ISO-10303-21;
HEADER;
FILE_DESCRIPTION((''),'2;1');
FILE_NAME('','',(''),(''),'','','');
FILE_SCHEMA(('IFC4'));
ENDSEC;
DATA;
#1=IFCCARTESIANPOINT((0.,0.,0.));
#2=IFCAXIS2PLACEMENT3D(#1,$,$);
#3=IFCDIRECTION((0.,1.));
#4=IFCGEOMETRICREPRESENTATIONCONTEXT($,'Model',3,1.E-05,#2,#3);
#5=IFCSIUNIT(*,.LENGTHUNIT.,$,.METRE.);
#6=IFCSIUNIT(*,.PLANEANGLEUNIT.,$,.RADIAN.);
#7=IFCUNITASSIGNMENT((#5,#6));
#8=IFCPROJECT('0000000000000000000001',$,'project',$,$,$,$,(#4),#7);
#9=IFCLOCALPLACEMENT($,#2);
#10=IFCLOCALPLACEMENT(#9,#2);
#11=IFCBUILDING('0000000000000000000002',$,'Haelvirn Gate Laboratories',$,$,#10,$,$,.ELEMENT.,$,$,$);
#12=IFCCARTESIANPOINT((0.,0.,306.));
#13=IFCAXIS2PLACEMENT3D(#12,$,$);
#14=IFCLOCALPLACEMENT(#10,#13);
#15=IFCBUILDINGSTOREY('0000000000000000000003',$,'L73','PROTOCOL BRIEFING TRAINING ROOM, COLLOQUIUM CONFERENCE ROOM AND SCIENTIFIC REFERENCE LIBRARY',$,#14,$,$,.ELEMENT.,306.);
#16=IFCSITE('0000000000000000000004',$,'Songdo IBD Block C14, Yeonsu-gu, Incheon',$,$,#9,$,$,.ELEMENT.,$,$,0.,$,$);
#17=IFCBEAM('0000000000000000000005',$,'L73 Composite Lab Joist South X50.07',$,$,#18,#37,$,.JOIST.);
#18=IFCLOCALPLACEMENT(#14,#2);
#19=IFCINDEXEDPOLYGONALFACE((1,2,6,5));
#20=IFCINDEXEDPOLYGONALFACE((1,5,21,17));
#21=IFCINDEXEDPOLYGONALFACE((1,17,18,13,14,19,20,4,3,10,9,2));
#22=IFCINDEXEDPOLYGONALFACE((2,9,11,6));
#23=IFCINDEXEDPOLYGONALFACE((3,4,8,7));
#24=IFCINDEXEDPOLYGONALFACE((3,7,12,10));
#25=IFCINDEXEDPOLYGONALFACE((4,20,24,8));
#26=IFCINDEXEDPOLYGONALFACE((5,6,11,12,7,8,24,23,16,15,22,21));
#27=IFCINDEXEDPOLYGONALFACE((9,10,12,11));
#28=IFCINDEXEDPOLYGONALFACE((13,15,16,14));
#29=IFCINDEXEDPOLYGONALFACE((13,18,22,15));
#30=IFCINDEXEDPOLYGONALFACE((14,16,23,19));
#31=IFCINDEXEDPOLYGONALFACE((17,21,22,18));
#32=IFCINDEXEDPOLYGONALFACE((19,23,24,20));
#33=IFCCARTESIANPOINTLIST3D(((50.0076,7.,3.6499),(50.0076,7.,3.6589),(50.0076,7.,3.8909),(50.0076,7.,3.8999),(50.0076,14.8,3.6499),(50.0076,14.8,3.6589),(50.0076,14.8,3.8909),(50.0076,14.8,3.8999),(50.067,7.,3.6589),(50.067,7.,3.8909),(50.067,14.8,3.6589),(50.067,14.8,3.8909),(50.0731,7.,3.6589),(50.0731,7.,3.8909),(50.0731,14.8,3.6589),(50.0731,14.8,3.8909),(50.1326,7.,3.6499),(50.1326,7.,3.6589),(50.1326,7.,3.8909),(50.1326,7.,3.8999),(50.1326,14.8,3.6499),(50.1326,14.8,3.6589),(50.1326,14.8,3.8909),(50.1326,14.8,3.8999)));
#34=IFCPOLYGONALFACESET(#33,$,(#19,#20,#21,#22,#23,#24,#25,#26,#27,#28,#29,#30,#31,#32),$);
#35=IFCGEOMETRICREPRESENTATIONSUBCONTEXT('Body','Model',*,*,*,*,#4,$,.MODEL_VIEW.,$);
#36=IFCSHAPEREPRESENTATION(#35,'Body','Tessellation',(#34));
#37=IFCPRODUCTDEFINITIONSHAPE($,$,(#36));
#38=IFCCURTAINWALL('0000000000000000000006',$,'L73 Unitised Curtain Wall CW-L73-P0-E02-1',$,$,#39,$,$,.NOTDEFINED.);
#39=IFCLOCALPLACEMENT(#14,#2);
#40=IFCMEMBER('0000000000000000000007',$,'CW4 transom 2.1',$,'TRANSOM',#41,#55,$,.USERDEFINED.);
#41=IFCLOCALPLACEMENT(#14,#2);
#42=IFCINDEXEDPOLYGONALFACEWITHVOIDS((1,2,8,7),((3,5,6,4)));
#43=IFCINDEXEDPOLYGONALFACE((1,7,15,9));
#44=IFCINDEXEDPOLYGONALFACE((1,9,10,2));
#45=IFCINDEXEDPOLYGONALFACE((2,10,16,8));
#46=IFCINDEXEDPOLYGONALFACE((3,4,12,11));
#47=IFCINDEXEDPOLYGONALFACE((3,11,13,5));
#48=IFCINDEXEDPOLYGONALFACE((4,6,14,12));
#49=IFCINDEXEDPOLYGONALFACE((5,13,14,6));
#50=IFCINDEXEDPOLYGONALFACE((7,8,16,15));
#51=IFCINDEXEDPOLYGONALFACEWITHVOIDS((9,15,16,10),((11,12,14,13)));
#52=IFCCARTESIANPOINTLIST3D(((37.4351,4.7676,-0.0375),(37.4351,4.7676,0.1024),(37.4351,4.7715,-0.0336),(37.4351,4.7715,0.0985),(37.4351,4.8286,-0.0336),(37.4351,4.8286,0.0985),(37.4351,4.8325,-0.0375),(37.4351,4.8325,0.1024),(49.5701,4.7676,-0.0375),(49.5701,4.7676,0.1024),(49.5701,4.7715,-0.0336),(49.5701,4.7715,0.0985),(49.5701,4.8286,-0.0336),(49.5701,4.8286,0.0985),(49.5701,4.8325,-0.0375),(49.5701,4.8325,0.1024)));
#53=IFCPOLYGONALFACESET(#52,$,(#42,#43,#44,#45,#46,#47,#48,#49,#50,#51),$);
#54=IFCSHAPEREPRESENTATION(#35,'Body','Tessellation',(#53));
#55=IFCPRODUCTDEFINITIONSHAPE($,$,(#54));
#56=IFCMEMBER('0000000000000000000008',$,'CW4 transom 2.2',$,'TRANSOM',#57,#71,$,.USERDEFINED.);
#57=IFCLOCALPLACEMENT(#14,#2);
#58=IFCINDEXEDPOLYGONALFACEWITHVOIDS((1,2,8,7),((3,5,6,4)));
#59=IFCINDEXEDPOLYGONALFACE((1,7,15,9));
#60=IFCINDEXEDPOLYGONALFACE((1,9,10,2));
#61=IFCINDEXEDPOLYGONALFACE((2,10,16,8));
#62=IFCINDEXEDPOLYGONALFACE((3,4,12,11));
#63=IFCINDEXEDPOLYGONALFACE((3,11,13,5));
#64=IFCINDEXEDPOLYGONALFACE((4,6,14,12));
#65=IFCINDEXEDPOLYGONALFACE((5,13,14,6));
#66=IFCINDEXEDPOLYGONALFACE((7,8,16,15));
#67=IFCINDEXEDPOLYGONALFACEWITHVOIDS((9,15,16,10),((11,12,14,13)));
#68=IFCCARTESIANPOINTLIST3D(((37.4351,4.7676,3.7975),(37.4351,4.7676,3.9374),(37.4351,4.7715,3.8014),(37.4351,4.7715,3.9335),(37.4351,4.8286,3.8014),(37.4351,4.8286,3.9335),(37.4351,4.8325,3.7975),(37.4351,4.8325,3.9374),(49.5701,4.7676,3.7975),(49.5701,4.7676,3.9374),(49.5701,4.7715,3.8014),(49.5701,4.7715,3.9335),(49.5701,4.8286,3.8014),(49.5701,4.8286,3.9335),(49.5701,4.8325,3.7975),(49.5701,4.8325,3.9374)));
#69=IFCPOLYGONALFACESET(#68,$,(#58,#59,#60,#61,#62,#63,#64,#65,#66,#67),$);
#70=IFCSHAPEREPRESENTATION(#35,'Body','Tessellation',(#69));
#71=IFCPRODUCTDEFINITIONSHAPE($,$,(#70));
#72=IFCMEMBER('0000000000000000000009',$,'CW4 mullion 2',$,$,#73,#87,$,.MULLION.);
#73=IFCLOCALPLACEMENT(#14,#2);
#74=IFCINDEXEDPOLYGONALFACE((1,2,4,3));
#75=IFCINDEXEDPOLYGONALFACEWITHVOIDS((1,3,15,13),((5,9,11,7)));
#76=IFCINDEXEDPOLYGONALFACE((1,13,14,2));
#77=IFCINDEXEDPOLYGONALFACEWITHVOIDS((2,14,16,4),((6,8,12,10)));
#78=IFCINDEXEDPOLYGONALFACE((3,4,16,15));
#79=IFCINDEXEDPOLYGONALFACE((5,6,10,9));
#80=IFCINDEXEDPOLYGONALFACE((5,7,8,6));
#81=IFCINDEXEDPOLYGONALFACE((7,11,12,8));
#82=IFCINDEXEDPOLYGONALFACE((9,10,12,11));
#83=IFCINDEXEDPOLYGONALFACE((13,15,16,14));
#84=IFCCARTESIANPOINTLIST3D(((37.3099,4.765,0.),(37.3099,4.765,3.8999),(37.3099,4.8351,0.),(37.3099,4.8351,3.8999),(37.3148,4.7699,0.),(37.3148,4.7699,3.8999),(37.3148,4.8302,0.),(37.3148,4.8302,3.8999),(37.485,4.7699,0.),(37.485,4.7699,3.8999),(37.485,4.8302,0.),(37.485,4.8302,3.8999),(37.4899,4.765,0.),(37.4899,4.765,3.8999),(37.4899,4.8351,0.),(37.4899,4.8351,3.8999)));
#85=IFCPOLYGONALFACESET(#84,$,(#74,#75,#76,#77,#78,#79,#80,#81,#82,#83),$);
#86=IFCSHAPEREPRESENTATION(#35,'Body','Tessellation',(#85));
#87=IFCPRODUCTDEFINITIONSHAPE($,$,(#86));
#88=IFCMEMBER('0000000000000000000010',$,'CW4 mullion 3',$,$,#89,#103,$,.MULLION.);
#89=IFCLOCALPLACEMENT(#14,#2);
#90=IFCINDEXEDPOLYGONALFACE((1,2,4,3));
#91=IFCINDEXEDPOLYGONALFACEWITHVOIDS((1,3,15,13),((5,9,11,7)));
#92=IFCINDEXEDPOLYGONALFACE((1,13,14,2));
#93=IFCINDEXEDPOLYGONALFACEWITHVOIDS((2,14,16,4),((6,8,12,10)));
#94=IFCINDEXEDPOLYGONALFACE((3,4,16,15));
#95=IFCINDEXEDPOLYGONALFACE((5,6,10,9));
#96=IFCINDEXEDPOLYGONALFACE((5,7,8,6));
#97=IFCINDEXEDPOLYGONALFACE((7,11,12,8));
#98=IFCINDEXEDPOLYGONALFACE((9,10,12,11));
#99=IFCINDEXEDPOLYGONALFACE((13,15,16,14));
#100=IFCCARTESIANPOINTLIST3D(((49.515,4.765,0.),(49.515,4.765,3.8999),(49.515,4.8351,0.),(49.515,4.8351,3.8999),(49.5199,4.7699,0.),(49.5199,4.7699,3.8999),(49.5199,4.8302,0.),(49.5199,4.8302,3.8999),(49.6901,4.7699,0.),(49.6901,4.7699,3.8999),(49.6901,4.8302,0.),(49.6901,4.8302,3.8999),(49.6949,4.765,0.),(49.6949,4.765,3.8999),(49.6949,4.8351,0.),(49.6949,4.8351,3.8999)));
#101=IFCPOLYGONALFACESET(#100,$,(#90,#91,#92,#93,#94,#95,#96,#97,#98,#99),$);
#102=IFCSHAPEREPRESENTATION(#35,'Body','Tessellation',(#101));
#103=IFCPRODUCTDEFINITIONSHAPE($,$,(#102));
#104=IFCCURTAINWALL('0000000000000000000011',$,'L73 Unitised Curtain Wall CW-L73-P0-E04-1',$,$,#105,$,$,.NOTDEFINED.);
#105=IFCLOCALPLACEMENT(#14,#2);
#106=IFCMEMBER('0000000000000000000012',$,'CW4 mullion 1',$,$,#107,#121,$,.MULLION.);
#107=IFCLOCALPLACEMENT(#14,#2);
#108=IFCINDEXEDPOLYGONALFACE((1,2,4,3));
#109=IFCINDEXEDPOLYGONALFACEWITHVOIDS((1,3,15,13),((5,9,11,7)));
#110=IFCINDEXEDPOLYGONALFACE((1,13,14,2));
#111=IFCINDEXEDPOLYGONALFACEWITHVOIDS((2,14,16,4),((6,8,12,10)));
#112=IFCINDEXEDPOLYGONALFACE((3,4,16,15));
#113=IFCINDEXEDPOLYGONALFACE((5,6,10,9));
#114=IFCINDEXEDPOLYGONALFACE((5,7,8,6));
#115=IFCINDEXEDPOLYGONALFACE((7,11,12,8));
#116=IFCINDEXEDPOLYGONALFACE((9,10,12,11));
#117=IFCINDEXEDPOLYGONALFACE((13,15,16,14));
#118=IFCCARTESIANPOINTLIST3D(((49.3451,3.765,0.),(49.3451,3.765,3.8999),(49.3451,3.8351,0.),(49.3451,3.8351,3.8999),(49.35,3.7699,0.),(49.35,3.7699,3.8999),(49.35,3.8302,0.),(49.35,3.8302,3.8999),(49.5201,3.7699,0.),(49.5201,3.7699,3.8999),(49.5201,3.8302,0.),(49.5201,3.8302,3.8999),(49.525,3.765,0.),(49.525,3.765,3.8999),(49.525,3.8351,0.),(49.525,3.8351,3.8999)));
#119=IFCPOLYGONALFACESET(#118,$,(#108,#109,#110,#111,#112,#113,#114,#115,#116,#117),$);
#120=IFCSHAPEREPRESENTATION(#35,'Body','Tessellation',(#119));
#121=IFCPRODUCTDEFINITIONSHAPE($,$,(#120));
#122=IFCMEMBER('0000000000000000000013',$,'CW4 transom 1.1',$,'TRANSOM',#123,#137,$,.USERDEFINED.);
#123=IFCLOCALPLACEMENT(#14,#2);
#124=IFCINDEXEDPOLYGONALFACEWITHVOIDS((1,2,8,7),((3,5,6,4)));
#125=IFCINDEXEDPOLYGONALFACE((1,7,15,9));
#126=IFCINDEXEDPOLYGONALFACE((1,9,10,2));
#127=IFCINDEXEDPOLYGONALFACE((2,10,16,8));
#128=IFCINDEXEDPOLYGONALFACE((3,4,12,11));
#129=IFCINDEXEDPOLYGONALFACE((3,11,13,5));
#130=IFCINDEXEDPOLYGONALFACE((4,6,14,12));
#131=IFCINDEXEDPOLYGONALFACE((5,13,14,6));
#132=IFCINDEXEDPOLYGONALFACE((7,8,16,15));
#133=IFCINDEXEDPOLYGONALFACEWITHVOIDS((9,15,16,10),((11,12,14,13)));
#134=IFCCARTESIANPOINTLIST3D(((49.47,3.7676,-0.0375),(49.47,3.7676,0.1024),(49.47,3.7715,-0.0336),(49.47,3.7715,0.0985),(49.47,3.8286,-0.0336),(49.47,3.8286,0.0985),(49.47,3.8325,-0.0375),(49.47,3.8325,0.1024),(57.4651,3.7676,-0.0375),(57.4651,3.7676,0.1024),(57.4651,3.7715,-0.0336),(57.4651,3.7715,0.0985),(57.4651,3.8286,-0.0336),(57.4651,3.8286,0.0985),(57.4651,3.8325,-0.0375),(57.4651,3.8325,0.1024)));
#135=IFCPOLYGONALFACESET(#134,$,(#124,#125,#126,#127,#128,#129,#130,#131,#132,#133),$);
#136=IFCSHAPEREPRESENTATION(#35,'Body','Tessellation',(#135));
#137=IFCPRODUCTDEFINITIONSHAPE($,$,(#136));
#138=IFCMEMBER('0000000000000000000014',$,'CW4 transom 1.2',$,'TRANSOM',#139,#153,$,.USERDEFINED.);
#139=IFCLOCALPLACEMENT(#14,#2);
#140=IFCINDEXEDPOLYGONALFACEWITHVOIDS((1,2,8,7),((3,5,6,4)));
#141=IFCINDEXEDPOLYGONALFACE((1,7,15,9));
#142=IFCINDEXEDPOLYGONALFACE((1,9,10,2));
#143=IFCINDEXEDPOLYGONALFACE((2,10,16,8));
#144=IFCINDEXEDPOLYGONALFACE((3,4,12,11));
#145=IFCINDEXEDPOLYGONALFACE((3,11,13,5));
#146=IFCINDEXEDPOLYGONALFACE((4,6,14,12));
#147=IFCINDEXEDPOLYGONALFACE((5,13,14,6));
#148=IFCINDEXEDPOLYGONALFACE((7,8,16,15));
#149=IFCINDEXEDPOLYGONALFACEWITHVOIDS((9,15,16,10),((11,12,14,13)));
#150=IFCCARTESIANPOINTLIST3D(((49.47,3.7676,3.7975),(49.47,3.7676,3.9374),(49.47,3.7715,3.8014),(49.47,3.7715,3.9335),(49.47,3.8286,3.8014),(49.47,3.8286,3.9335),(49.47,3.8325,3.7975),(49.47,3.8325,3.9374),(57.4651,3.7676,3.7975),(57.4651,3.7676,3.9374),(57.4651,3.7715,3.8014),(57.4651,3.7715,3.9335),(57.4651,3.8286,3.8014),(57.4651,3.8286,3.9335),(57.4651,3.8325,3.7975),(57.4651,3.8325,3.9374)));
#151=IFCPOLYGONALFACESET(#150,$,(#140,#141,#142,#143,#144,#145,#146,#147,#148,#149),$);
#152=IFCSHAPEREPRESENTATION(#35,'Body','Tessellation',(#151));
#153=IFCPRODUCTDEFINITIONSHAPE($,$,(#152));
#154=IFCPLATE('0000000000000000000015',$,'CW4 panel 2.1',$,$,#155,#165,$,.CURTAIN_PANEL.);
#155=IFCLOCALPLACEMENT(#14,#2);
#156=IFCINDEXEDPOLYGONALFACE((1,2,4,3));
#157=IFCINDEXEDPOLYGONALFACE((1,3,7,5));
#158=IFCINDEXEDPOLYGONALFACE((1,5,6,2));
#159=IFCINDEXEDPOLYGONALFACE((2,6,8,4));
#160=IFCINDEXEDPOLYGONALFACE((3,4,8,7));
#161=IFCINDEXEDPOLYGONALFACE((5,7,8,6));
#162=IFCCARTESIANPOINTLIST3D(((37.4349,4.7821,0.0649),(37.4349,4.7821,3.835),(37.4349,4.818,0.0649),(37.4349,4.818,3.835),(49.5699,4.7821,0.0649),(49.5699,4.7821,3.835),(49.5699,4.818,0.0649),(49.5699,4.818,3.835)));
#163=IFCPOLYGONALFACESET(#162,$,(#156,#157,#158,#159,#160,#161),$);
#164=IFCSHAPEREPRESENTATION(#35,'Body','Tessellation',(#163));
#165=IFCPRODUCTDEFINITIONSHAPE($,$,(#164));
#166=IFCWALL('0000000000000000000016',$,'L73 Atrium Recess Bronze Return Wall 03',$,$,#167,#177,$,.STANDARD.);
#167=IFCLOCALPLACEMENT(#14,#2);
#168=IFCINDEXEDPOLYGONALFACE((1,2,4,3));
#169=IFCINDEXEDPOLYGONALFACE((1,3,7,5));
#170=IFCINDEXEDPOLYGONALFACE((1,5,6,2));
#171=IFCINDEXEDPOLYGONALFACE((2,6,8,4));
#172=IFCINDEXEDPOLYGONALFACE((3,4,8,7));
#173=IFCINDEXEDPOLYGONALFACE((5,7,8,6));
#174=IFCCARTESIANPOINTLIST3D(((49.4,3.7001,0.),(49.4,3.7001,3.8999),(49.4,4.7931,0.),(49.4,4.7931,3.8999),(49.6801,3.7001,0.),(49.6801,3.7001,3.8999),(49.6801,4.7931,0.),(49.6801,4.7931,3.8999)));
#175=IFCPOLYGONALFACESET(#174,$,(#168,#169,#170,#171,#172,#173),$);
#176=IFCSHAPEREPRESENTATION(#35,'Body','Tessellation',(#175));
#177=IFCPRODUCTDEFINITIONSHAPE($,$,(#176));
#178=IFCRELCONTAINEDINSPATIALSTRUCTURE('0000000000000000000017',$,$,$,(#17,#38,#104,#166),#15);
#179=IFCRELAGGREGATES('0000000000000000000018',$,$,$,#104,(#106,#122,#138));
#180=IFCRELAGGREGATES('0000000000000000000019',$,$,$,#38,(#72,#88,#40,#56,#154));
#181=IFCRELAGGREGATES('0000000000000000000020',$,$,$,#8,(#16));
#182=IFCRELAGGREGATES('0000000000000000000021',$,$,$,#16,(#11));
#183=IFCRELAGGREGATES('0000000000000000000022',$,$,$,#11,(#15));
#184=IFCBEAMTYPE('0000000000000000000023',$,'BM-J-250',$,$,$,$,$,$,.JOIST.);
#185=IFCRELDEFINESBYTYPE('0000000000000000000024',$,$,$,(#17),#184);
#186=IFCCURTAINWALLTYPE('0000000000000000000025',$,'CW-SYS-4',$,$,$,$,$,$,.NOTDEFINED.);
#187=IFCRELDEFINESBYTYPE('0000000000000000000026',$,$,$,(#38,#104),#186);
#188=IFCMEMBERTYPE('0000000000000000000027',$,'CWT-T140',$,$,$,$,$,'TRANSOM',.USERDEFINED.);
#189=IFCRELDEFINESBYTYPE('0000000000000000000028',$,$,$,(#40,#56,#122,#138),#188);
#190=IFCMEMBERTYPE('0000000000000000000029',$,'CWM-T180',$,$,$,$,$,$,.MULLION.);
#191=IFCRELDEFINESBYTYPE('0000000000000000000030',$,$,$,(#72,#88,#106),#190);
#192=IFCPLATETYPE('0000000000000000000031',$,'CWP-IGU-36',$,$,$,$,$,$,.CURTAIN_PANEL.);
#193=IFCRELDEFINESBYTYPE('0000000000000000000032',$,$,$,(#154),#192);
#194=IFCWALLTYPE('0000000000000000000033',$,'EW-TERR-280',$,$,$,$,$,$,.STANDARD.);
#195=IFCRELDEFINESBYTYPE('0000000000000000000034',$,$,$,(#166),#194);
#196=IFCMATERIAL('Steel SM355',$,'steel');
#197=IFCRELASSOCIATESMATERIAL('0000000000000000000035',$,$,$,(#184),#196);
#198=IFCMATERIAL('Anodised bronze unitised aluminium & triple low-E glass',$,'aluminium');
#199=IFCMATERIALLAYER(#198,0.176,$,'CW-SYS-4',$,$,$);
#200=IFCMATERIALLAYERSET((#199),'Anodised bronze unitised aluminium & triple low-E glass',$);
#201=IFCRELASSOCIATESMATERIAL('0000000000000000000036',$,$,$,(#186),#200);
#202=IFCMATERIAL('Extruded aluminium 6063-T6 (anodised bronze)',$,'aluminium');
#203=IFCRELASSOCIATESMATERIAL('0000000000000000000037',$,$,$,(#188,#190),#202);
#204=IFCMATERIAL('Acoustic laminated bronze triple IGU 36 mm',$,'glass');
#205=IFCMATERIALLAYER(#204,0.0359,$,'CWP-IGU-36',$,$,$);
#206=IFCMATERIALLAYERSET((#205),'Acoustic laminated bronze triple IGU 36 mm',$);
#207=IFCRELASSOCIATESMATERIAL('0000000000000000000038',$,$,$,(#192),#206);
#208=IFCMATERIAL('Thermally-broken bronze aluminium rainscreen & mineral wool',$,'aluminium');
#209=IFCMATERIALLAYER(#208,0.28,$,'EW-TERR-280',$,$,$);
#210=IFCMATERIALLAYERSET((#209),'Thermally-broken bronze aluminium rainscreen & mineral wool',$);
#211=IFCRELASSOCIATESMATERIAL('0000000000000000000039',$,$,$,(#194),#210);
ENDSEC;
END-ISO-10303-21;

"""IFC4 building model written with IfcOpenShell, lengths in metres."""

from ifc_helpers import new_model, si_unit, direction, frame, frame_2d, origin, origin_2d, place, context, subcontext, project, spatial, rectangle, hollow_rectangle, i_section, extrude, source, transform, mapped, material, layer, layer_set, material_profile, profile_set, type_object, type_shapes, element, aggregate, save


model = new_model("IFC4")

# Units and contexts
model_context = context("Model", 3, precision=1e-05, world=origin(), true_north=direction((0.0, 1.0)))
body_context = subcontext(model_context, "Body", "Model", "MODEL_VIEW")
ifc_project = project(units=[si_unit("LENGTHUNIT", "METRE"), si_unit("PLANEANGLEUNIT", "RADIAN")], contexts=[model_context])

# Site, building, storey
site_placement = place(None, origin())
site = spatial("IfcSite", under=ifc_project, at=site_placement, Name="Songdo IBD Block C14, Yeonsu-gu, Incheon", CompositionType="ELEMENT", RefElevation=0.0)
building_placement = place(site_placement, origin())
building = spatial("IfcBuilding", under=site, at=building_placement, Name="Haelvirn Gate Laboratories", CompositionType="ELEMENT")
storey_placement = place(building_placement, frame((0.0, 0.0, 306.0)))
storey = spatial("IfcBuildingStorey", under=building, at=storey_placement, Name="L73", Description="PROTOCOL BRIEFING TRAINING ROOM, COLLOQUIUM CONFERENCE ROOM AND SCIENTIFIC REFERENCE LIBRARY", CompositionType="ELEMENT", Elevation=306.0)

# Shared definitions
ifc_material_1 = material(Name="Steel SM355", Category="steel")

# Beam
ifc_material_profile_1 = material_profile(ifc_material_1, i_section(OverallWidth=0.125, OverallDepth=0.25, WebThickness=0.0061, FlangeThickness=0.009, at=origin_2d()), Name="H-250x125x6x9")
ifc_profile_set_1 = profile_set([ifc_material_profile_1], Name="Steel SM355")
beam_type_1 = type_object("IfcBeamType", Name="BM-J-250", PredefinedType="JOIST", material=ifc_profile_set_1)
shared_shape_1 = source(origin(), body_context, "Body", "SweptSolid", [
    extrude(i_section(OverallWidth=0.125, OverallDepth=0.25, WebThickness=0.0061, FlangeThickness=0.009, at=origin_2d()), origin(), (0.0, 0.0, 1.0), 7.8),
])
type_shapes(beam_type_1, [shared_shape_1])
for number, where, z_axis, x_axis, name in (
    (1, (50.0701, 7.0, 3.7749), (0.0, 1.0, 0.0), (-1.0, 0.0, 0.0), "L73 Composite Lab Joist South X50.07"),
):
    element("IfcBeam", number, at=place(storey_placement, frame(where, z_axis=z_axis, x_axis=x_axis)), inside=storey, type_object=beam_type_1, Name=name, PredefinedType="JOIST", context=body_context, shape_type="MappedRepresentation", body=[
        mapped(shared_shape_1, transform((0.0, 0.0, 0.0), scale=1.0)),
    ])

# Curtain walls, members
ifc_material_2 = material(Name="Anodised bronze unitised aluminium & triple low-E glass", Category="aluminium")
ifc_layer_1 = layer(ifc_material_2, 0.176, Name="CW-SYS-4")
ifc_layer_set_1 = layer_set([ifc_layer_1], Name="Anodised bronze unitised aluminium & triple low-E glass")
curtain_wall_type = type_object("IfcCurtainWallType", Name="CW-SYS-4", PredefinedType="NOTDEFINED", material=ifc_layer_set_1)
curtain_wall_1_placement = place(storey_placement, origin())
curtain_wall_1 = element("IfcCurtainWall", 2, at=curtain_wall_1_placement, inside=storey, type_object=curtain_wall_type, Name="L73 Unitised Curtain Wall CW-L73-P0-E02-1", PredefinedType="NOTDEFINED")
ifc_material_3 = material(Name="Extruded aluminium 6063-T6 (anodised bronze)", Category="aluminium")
ifc_material_profile_2 = material_profile(ifc_material_3, hollow_rectangle(XDim=0.0649, YDim=0.1399, WallThickness=0.0039, at=origin_2d()), Name="CWT-140x65x4")
ifc_profile_set_2 = profile_set([ifc_material_profile_2], Name="Extruded aluminium 6063-T6 (anodised bronze)")
member_type_1 = type_object("IfcMemberType", Name="CWT-T140", ElementType="TRANSOM", PredefinedType="USERDEFINED", material=ifc_profile_set_2)
shared_shape_2 = source(origin(), body_context, "Body", "SweptSolid", [
    extrude(hollow_rectangle(XDim=0.0649, YDim=0.1399, WallThickness=0.0039, at=origin_2d()), origin(), (0.0, 0.0, 1.0), 12.135),
])
member_1_placement = place(storey_placement, frame((37.4351, 4.8, 0.0325), z_axis=(1.0, 0.0, 0.0), x_axis=(0.0, 1.0, 0.0)))
member_1 = element("IfcMember", 3, at=member_1_placement, type_object=member_type_1, Name="CW4 transom 2.1", ObjectType="TRANSOM", PredefinedType="USERDEFINED", context=body_context, shape_type="MappedRepresentation", body=[
    mapped(shared_shape_2, transform((0.0, 0.0, 0.0), scale=1.0)),
])
member_2_placement = place(storey_placement, frame((37.4351, 4.8, 3.8674), z_axis=(1.0, 0.0, 0.0), x_axis=(0.0, 1.0, 0.0)))
member_2 = element("IfcMember", 4, at=member_2_placement, type_object=member_type_1, Name="CW4 transom 2.2", ObjectType="TRANSOM", PredefinedType="USERDEFINED", context=body_context, shape_type="MappedRepresentation", body=[
    mapped(shared_shape_2, transform((0.0, 0.0, 0.0), scale=1.0)),
])
ifc_material_profile_3 = material_profile(ifc_material_3, hollow_rectangle(XDim=0.0701, YDim=0.1799, WallThickness=0.0049, at=origin_2d()), Name="CWM-180x70x5")
ifc_profile_set_3 = profile_set([ifc_material_profile_3], Name="Extruded aluminium 6063-T6 (anodised bronze)")
member_type_2 = type_object("IfcMemberType", Name="CWM-T180", PredefinedType="MULLION", material=ifc_profile_set_3)
shared_shape_3 = source(origin(), body_context, "Body", "SweptSolid", [
    extrude(hollow_rectangle(XDim=0.0701, YDim=0.1799, WallThickness=0.0049, at=origin_2d()), origin(), (0.0, 0.0, 1.0), 3.8999),
])
type_shapes(member_type_2, [shared_shape_3])
member_3_placement = place(storey_placement, frame((37.3999, 4.8, 0.0), z_axis=(0.0, 0.0, 1.0), x_axis=(0.0, 1.0, 0.0)))
member_3 = element("IfcMember", 5, at=member_3_placement, type_object=member_type_2, Name="CW4 mullion 2", PredefinedType="MULLION", context=body_context, shape_type="MappedRepresentation", body=[
    mapped(shared_shape_3, transform((0.0, 0.0, 0.0), scale=1.0)),
])
member_4_placement = place(storey_placement, frame((49.605, 4.8, 0.0), z_axis=(0.0, 0.0, 1.0), x_axis=(0.0, 1.0, 0.0)))
member_4 = element("IfcMember", 6, at=member_4_placement, type_object=member_type_2, Name="CW4 mullion 3", PredefinedType="MULLION", context=body_context, shape_type="MappedRepresentation", body=[
    mapped(shared_shape_3, transform((0.0, 0.0, 0.0), scale=1.0)),
])
curtain_wall_2_placement = place(storey_placement, origin())
curtain_wall_2 = element("IfcCurtainWall", 7, at=curtain_wall_2_placement, inside=storey, type_object=curtain_wall_type, Name="L73 Unitised Curtain Wall CW-L73-P0-E04-1", PredefinedType="NOTDEFINED")
member_5_placement = place(storey_placement, frame((49.4351, 3.8, 0.0), z_axis=(0.0, 0.0, 1.0), x_axis=(0.0, 1.0, 0.0)))
member_5 = element("IfcMember", 8, at=member_5_placement, type_object=member_type_2, Name="CW4 mullion 1", PredefinedType="MULLION", context=body_context, shape_type="MappedRepresentation", body=[
    mapped(shared_shape_3, transform((0.0, 0.0, 0.0), scale=1.0)),
])
shared_shape_4 = source(origin(), body_context, "Body", "SweptSolid", [
    extrude(hollow_rectangle(XDim=0.0649, YDim=0.1399, WallThickness=0.0039, at=origin_2d()), origin(), (0.0, 0.0, 1.0), 7.9951),
])
type_shapes(member_type_1, [shared_shape_2, shared_shape_4])
member_6_placement = place(storey_placement, frame((49.47, 3.8, 0.0325), z_axis=(1.0, 0.0, 0.0), x_axis=(0.0, 1.0, 0.0)))
member_6 = element("IfcMember", 9, at=member_6_placement, type_object=member_type_1, Name="CW4 transom 1.1", ObjectType="TRANSOM", PredefinedType="USERDEFINED", context=body_context, shape_type="MappedRepresentation", body=[
    mapped(shared_shape_4, transform((0.0, 0.0, 0.0), scale=1.0)),
])
member_7_placement = place(storey_placement, frame((49.47, 3.8, 3.8674), z_axis=(1.0, 0.0, 0.0), x_axis=(0.0, 1.0, 0.0)))
member_7 = element("IfcMember", 10, at=member_7_placement, type_object=member_type_1, Name="CW4 transom 1.2", ObjectType="TRANSOM", PredefinedType="USERDEFINED", context=body_context, shape_type="MappedRepresentation", body=[
    mapped(shared_shape_4, transform((0.0, 0.0, 0.0), scale=1.0)),
])
aggregate(curtain_wall_2, [member_5, member_6, member_7])

# Plate
ifc_material_4 = material(Name="Acoustic laminated bronze triple IGU 36 mm", Category="glass")
ifc_layer_2 = layer(ifc_material_4, 0.0359, Name="CWP-IGU-36")
ifc_layer_set_2 = layer_set([ifc_layer_2], Name="Acoustic laminated bronze triple IGU 36 mm")
plate_type = type_object("IfcPlateType", Name="CWP-IGU-36", PredefinedType="CURTAIN_PANEL", material=ifc_layer_set_2)
shared_shape_5 = source(origin(), body_context, "Body", "SweptSolid", [
    extrude(rectangle(XDim=12.135, YDim=0.0359, at=origin_2d()), origin(), (0.0, 0.0, 1.0), 3.77),
])
type_shapes(plate_type, [shared_shape_5])
plate_placement = place(storey_placement, frame((43.5024, 4.8, 0.0649), z_axis=(0.0, 0.0, 1.0), x_axis=(1.0, 0.0, 0.0)))
plate = element("IfcPlate", 11, at=plate_placement, type_object=plate_type, Name="CW4 panel 2.1", PredefinedType="CURTAIN_PANEL", context=body_context, shape_type="MappedRepresentation", body=[
    mapped(shared_shape_5, transform((0.0, 0.0, 0.0), scale=1.0)),
])
aggregate(curtain_wall_1, [member_3, member_4, member_1, member_2, plate])

# Wall
ifc_material_5 = material(Name="Thermally-broken bronze aluminium rainscreen & mineral wool", Category="aluminium")
ifc_layer_3 = layer(ifc_material_5, 0.28, Name="EW-TERR-280")
ifc_layer_set_3 = layer_set([ifc_layer_3], Name="Thermally-broken bronze aluminium rainscreen & mineral wool")
wall_type_1 = type_object("IfcWallType", Name="EW-TERR-280", PredefinedType="STANDARD", material=ifc_layer_set_3)
wall_1_placement = place(storey_placement, frame((49.54, 4.793, 0.0), z_axis=(0.0, 0.0, 1.0), x_axis=(0.0, -1.0, 0.0)))
element("IfcWall", 12, at=wall_1_placement, inside=storey, type_object=wall_type_1, Name="L73 Atrium Recess Bronze Return Wall 03", PredefinedType="STANDARD", context=body_context, shape_type="SweptSolid", body=[
    extrude(rectangle(XDim=1.093, YDim=0.28, at=frame_2d((0.5464, 0.0))), origin(), (0.0, 0.0, 1.0), 3.8999),
])

save(model, "model.ifc")
